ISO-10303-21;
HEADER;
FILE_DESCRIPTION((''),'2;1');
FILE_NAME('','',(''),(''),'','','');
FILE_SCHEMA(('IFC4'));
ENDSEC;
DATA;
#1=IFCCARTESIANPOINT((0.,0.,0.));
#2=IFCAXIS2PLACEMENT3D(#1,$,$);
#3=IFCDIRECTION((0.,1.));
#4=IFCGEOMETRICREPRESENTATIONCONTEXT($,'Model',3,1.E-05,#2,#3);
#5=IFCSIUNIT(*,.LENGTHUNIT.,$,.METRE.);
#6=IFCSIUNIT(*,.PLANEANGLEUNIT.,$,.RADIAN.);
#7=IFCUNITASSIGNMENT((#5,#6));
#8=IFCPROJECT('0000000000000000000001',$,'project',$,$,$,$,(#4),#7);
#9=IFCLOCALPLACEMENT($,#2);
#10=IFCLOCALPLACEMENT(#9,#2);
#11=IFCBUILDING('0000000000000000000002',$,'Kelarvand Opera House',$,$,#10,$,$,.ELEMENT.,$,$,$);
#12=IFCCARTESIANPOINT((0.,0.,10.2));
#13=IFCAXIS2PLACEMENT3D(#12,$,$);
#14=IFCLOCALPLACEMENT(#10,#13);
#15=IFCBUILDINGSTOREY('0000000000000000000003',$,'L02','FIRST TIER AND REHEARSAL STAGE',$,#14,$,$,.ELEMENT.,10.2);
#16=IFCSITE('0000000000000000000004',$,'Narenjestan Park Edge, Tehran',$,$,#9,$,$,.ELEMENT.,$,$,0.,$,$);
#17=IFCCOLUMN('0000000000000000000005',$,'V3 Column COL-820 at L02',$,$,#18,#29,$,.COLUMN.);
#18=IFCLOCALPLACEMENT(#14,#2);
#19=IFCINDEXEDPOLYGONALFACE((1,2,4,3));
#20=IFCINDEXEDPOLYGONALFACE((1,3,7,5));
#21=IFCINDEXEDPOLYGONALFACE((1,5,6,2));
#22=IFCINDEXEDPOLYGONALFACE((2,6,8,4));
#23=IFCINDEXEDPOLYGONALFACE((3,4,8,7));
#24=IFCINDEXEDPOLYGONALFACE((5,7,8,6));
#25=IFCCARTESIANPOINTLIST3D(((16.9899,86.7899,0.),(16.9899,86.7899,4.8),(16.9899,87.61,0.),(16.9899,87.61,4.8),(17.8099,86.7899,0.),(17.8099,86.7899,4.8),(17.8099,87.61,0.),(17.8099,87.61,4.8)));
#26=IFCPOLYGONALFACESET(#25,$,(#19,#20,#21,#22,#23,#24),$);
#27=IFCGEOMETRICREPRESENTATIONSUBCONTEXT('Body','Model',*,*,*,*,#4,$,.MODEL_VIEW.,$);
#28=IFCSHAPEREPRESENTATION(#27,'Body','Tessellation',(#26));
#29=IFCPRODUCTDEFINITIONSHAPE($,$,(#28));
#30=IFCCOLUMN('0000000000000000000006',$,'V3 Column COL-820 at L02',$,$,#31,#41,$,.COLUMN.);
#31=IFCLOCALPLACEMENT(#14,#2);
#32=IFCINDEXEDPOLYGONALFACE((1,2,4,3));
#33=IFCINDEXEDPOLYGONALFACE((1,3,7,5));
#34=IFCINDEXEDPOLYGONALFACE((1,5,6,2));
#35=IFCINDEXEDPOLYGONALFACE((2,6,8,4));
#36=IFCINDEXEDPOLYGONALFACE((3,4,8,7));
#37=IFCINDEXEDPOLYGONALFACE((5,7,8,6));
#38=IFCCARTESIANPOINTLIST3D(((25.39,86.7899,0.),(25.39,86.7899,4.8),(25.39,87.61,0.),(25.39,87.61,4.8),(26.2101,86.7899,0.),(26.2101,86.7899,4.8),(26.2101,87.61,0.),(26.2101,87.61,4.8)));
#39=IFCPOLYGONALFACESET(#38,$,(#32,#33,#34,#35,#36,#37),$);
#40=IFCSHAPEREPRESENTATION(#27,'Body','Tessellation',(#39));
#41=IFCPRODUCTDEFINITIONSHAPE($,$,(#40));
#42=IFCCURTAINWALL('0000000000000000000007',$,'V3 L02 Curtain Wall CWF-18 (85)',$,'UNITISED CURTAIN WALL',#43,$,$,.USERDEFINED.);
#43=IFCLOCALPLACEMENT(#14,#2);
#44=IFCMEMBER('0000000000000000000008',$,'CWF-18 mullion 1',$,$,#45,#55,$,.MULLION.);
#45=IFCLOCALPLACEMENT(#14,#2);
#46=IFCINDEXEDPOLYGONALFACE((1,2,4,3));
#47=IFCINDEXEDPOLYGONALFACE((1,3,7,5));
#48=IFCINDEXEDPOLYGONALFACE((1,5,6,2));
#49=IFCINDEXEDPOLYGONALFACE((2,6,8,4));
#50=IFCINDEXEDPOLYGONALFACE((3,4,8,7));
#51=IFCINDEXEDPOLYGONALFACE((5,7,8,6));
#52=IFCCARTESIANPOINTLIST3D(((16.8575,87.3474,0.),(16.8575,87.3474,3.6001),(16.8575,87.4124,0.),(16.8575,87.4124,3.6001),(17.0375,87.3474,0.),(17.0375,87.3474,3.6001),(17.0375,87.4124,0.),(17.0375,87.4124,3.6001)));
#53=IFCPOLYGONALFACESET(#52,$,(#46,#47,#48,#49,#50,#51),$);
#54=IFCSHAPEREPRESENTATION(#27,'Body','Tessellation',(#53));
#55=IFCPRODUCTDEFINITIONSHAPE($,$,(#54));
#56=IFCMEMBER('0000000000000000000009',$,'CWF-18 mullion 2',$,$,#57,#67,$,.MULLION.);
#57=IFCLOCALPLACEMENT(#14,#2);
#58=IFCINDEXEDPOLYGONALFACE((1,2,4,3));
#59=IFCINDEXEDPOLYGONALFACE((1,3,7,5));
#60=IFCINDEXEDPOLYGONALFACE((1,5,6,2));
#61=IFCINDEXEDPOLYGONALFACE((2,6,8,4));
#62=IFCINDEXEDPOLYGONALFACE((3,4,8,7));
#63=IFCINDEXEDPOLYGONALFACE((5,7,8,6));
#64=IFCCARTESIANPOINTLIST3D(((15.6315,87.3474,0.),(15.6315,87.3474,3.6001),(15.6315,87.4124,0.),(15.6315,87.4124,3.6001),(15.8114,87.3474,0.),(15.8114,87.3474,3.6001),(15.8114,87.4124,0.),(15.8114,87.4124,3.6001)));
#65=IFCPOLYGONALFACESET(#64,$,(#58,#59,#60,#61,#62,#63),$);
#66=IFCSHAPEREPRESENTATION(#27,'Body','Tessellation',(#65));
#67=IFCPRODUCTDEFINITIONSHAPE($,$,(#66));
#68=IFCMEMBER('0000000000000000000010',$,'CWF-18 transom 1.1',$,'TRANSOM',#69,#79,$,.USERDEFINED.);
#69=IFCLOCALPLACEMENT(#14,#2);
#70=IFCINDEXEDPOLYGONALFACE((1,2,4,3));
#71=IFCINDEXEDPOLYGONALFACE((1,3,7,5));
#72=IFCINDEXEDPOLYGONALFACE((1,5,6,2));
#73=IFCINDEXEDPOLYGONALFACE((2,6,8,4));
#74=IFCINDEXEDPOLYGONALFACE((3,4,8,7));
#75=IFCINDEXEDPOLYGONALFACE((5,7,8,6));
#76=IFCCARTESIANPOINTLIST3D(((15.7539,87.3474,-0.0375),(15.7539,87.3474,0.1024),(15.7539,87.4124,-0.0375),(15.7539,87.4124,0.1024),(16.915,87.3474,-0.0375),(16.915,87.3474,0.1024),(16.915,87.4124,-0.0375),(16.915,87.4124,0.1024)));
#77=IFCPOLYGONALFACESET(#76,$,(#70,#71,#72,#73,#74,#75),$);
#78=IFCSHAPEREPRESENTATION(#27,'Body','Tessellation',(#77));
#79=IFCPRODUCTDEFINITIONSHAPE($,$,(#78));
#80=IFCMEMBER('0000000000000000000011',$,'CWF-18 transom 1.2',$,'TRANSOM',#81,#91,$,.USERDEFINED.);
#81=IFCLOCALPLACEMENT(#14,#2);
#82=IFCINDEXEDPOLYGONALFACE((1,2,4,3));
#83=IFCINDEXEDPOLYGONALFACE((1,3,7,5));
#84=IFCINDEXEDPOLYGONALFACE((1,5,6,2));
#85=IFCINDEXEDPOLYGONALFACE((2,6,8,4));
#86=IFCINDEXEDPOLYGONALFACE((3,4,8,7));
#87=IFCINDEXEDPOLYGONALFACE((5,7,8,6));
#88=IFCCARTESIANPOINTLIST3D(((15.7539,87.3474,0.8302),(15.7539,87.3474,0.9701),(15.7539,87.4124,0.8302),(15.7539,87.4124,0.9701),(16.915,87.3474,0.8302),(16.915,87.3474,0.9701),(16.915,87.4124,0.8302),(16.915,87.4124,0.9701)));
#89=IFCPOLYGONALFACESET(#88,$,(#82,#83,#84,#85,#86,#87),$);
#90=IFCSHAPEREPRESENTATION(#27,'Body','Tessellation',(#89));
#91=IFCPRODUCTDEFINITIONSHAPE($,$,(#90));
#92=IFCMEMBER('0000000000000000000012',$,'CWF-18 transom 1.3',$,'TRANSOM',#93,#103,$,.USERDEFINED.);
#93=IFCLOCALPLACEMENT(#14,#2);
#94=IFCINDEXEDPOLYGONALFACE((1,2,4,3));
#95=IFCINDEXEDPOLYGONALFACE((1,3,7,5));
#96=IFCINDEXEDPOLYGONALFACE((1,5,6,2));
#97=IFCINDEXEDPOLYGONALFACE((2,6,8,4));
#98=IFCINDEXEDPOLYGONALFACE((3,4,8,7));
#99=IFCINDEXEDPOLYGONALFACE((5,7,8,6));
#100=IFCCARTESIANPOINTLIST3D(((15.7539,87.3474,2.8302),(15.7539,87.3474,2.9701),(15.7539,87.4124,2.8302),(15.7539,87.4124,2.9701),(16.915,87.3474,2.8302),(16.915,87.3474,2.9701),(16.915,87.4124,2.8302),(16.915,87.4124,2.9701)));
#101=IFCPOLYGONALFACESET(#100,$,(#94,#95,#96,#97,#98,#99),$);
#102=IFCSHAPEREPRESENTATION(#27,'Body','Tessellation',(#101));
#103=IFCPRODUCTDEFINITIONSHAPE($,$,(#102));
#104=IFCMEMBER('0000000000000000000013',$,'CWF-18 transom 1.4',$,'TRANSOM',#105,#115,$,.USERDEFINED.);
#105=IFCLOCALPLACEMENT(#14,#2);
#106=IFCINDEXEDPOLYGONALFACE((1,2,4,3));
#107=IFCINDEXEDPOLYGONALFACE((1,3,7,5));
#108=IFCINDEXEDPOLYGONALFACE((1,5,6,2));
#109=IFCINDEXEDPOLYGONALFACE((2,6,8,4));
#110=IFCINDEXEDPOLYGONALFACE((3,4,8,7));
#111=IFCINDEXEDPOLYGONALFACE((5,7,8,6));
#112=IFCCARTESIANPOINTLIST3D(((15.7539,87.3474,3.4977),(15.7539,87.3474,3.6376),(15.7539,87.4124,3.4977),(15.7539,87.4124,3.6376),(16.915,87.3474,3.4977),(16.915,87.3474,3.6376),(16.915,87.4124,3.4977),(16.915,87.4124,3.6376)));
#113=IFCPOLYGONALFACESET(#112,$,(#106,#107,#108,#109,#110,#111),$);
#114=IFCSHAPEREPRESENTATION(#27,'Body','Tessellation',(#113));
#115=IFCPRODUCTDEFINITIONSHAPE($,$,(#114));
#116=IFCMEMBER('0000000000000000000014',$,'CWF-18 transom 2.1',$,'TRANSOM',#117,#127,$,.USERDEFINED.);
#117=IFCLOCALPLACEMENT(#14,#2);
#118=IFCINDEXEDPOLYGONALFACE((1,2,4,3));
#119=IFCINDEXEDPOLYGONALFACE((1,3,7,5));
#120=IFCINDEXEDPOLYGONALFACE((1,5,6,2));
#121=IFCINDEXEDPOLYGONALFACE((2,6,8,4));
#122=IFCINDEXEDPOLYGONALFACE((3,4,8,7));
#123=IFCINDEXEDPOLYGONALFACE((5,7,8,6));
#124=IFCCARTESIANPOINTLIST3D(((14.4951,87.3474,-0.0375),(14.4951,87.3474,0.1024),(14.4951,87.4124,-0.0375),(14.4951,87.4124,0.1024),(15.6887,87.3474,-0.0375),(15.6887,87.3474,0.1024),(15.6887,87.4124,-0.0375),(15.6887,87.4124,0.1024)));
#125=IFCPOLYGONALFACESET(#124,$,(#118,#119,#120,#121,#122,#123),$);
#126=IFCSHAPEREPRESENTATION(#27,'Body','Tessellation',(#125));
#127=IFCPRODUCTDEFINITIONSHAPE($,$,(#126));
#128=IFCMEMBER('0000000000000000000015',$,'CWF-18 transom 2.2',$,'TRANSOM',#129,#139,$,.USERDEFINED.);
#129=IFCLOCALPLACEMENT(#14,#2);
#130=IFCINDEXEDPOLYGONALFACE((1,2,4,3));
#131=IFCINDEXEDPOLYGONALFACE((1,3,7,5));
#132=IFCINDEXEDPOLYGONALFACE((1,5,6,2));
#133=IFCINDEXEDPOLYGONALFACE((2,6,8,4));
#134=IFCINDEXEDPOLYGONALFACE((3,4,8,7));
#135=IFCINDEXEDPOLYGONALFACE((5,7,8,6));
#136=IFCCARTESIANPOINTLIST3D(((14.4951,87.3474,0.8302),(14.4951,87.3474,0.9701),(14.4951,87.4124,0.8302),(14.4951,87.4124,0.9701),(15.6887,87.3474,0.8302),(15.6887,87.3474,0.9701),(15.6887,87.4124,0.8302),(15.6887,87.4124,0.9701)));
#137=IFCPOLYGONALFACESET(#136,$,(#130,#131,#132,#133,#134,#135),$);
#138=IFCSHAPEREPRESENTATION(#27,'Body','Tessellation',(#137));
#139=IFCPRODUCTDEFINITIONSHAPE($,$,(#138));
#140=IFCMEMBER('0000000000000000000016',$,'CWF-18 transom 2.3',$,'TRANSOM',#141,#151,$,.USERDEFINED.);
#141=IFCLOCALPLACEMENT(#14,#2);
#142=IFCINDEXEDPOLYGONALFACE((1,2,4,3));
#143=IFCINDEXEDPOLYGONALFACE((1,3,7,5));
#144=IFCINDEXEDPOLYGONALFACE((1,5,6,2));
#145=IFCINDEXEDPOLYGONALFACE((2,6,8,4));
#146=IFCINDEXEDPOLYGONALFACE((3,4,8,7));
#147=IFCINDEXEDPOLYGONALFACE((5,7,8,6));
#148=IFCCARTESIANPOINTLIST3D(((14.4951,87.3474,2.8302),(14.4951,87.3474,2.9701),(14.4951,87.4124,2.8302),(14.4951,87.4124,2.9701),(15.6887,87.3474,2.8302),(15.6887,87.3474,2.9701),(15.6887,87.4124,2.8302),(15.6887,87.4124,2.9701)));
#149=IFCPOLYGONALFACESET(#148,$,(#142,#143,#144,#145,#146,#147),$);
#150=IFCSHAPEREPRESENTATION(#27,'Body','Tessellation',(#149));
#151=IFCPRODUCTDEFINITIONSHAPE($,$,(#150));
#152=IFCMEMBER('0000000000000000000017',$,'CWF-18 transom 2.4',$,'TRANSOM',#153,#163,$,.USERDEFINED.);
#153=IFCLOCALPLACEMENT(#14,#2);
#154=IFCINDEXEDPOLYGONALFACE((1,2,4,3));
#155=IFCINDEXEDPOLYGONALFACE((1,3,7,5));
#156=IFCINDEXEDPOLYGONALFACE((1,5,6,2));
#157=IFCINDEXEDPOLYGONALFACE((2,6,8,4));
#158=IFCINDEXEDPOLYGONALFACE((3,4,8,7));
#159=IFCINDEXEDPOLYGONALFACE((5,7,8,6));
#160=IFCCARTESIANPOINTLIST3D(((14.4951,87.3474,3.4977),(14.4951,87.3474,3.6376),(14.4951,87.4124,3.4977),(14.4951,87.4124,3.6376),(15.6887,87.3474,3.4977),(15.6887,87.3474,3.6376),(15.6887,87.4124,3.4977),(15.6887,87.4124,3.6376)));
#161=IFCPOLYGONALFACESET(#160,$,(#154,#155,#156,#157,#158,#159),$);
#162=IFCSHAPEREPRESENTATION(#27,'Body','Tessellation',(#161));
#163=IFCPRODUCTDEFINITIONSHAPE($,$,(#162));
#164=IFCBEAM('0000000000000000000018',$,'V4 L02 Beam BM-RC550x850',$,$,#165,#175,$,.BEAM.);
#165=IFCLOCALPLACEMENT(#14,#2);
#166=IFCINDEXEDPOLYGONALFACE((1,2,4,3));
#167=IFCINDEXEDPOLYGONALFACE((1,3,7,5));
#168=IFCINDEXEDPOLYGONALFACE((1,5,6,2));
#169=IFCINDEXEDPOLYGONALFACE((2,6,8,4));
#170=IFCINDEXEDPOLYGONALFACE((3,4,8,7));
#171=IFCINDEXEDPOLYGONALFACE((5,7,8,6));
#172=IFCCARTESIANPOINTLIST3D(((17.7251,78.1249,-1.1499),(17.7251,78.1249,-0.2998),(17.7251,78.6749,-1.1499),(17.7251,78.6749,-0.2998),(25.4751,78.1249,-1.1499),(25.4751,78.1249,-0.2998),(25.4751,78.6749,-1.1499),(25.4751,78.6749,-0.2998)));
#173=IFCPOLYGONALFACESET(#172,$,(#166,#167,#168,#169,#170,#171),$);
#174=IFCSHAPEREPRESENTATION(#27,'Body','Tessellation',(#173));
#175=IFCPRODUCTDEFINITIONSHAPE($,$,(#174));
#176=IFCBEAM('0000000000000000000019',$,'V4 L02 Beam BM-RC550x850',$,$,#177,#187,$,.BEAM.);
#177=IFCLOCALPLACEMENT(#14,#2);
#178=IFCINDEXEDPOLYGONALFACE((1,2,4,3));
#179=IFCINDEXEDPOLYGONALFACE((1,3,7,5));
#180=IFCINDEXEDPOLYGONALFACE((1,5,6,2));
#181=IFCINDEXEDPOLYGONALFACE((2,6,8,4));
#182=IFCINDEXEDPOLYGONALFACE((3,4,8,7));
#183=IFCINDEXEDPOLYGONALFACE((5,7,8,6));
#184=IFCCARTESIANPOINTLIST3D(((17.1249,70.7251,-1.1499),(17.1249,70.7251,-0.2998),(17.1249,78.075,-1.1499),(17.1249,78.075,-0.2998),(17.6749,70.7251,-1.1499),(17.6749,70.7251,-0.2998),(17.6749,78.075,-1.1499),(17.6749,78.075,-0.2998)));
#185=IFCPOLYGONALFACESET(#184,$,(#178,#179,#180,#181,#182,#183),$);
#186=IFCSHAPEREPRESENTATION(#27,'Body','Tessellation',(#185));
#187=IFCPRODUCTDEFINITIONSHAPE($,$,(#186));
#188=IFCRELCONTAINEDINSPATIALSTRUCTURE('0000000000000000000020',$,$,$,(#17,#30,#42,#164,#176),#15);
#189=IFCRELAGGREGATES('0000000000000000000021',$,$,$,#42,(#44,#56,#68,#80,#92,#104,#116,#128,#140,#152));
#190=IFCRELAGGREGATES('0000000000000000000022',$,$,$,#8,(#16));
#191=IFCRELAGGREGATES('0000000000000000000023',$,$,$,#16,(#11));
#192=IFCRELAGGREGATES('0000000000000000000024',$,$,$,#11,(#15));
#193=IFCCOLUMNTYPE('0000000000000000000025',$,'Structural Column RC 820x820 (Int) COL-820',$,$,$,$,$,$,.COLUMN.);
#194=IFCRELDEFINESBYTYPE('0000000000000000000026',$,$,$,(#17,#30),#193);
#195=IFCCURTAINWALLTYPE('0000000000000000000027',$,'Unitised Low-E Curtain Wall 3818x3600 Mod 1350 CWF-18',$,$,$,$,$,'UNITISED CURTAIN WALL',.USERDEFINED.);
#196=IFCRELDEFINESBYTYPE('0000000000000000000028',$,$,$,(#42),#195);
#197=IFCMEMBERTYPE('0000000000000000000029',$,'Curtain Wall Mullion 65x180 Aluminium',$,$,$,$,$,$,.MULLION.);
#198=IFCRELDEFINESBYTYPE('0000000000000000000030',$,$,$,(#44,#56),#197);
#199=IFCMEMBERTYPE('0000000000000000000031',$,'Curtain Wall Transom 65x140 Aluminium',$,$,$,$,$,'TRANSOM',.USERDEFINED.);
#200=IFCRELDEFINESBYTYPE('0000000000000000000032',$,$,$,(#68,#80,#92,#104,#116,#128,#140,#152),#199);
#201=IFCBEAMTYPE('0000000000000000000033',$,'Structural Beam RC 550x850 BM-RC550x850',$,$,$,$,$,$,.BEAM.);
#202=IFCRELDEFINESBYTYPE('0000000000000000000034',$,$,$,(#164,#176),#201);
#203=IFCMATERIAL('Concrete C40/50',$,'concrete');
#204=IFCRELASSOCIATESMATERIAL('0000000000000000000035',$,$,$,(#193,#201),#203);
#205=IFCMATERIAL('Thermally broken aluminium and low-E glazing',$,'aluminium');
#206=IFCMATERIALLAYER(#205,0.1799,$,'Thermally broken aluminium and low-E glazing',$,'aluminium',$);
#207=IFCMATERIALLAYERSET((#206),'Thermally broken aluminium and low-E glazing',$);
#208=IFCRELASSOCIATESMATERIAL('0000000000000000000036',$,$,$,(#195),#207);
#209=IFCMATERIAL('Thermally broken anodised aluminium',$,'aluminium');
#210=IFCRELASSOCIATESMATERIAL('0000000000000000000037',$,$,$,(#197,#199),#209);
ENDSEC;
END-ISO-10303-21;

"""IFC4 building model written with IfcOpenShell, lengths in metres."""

from ifc_helpers import new_model, si_unit, direction, frame, origin, origin_2d, place, context, subcontext, project, spatial, rectangle, extrude, material, layer, layer_set, material_profile, profile_set, type_object, element, aggregate, save


model = new_model("IFC4")

# Units and contexts
model_context = context("Model", 3, precision=1e-05, world=origin(), true_north=direction((0.0, 1.0)))
body_context = subcontext(model_context, "Body", "Model", "MODEL_VIEW")
ifc_project = project(units=[si_unit("LENGTHUNIT", "METRE"), si_unit("PLANEANGLEUNIT", "RADIAN")], contexts=[model_context])

# Site, building, storey
site_placement = place(None, origin())
site = spatial("IfcSite", under=ifc_project, at=site_placement, Name="Narenjestan Park Edge, Tehran", CompositionType="ELEMENT", RefElevation=0.0)
building_placement = place(site_placement, origin())
building = spatial("IfcBuilding", under=site, at=building_placement, Name="Kelarvand Opera House", CompositionType="ELEMENT")
storey_placement = place(building_placement, frame((0.0, 0.0, 10.2)))
storey = spatial("IfcBuildingStorey", under=building, at=storey_placement, Name="L02", Description="FIRST TIER AND REHEARSAL STAGE", CompositionType="ELEMENT", Elevation=10.2)

# Columns
ifc_material_1 = material(Name="Concrete C40/50", Category="concrete")
ifc_material_profile_1 = material_profile(ifc_material_1, rectangle(XDim=0.8201, YDim=0.8201, at=origin_2d()), Name="RC 820x820", Category="concrete")
ifc_profile_set_1 = profile_set([ifc_material_profile_1], Name="Concrete C40/50")
column_type = type_object("IfcColumnType", Name="Structural Column RC 820x820 (Int) COL-820", PredefinedType="COLUMN", material=ifc_profile_set_1)
for number, where, z_axis, x_axis, name in (
    (1, (17.3999, 87.2, 0.0), (0.0, 0.0, 1.0), (1.0, 0.0, 0.0), "V3 Column COL-820 at L02"),
    (2, (25.8, 87.2, 0.0), (0.0, 0.0, 1.0), (1.0, 0.0, 0.0), "V3 Column COL-820 at L02"),
):
    element("IfcColumn", number, at=place(storey_placement, frame(where, z_axis=z_axis, x_axis=x_axis)), inside=storey, type_object=column_type, Name=name, PredefinedType="COLUMN", context=body_context, shape_type="SweptSolid", body=[
        extrude(rectangle(XDim=0.8201, YDim=0.8201, at=origin_2d()), origin(), (0.0, 0.0, 1.0), 4.8),
    ])

# Curtain wall, members
ifc_material_2 = material(Name="Thermally broken aluminium and low-E glazing", Category="aluminium")
ifc_layer_1 = layer(ifc_material_2, 0.1799, Name="Thermally broken aluminium and low-E glazing", Category="aluminium")
ifc_layer_set_1 = layer_set([ifc_layer_1], Name="Thermally broken aluminium and low-E glazing")
curtain_wall_type = type_object("IfcCurtainWallType", Name="Unitised Low-E Curtain Wall 3818x3600 Mod 1350 CWF-18", ElementType="UNITISED CURTAIN WALL", PredefinedType="USERDEFINED", material=ifc_layer_set_1)
curtain_wall_placement = place(storey_placement, origin())
curtain_wall = element("IfcCurtainWall", 3, at=curtain_wall_placement, inside=storey, type_object=curtain_wall_type, Name="V3 L02 Curtain Wall CWF-18 (85)", ObjectType="UNITISED CURTAIN WALL", PredefinedType="USERDEFINED")
ifc_material_3 = material(Name="Thermally broken anodised aluminium", Category="aluminium")
ifc_material_profile_2 = material_profile(ifc_material_3, rectangle(XDim=0.0649, YDim=0.1799, at=origin_2d()), Name="ALU MULLION 65x180", Category="aluminium")
ifc_profile_set_2 = profile_set([ifc_material_profile_2], Name="Thermally broken anodised aluminium")
member_type_1 = type_object("IfcMemberType", Name="Curtain Wall Mullion 65x180 Aluminium", PredefinedType="MULLION", material=ifc_profile_set_2)
member_1_placement = place(storey_placement, frame((16.9475, 87.3799, 0.0), z_axis=(0.0, 0.0, 1.0), x_axis=(0.0, -1.0, 0.0)))
member_1 = element("IfcMember", 4, at=member_1_placement, type_object=member_type_1, Name="CWF-18 mullion 1", PredefinedType="MULLION", context=body_context, shape_type="SweptSolid", body=[
    extrude(rectangle(XDim=0.0649, YDim=0.1799, at=origin_2d()), origin(), (0.0, 0.0, 1.0), 3.6001),
])
member_2_placement = place(storey_placement, frame((15.7214, 87.3799, 0.0), z_axis=(0.0, 0.0, 1.0), x_axis=(0.0, -1.0, 0.0)))
member_2 = element("IfcMember", 5, at=member_2_placement, type_object=member_type_1, Name="CWF-18 mullion 2", PredefinedType="MULLION", context=body_context, shape_type="SweptSolid", body=[
    extrude(rectangle(XDim=0.0649, YDim=0.1799, at=origin_2d()), origin(), (0.0, 0.0, 1.0), 3.6001),
])
ifc_material_profile_3 = material_profile(ifc_material_3, rectangle(XDim=0.0649, YDim=0.1399, at=origin_2d()), Name="ALU TRANSOM 65x140", Category="aluminium")
ifc_profile_set_3 = profile_set([ifc_material_profile_3], Name="Thermally broken anodised aluminium")
member_type_2 = type_object("IfcMemberType", Name="Curtain Wall Transom 65x140 Aluminium", ElementType="TRANSOM", PredefinedType="USERDEFINED", material=ifc_profile_set_3)
member_3_placement = place(storey_placement, frame((16.915, 87.3799, 0.0325), z_axis=(-1.0, 0.0, 0.0), x_axis=(0.0, -1.0, 0.0)))
member_3 = element("IfcMember", 6, at=member_3_placement, type_object=member_type_2, Name="CWF-18 transom 1.1", ObjectType="TRANSOM", PredefinedType="USERDEFINED", context=body_context, shape_type="SweptSolid", body=[
    extrude(rectangle(XDim=0.0649, YDim=0.1399, at=origin_2d()), origin(), (0.0, 0.0, 1.0), 1.1611),
])
member_4_placement = place(storey_placement, frame((16.915, 87.3799, 0.9001), z_axis=(-1.0, 0.0, 0.0), x_axis=(0.0, -1.0, 0.0)))
member_4 = element("IfcMember", 7, at=member_4_placement, type_object=member_type_2, Name="CWF-18 transom 1.2", ObjectType="TRANSOM", PredefinedType="USERDEFINED", context=body_context, shape_type="SweptSolid", body=[
    extrude(rectangle(XDim=0.0649, YDim=0.1399, at=origin_2d()), origin(), (0.0, 0.0, 1.0), 1.1611),
])
member_5_placement = place(storey_placement, frame((16.915, 87.3799, 2.9001), z_axis=(-1.0, 0.0, 0.0), x_axis=(0.0, -1.0, 0.0)))
member_5 = element("IfcMember", 8, at=member_5_placement, type_object=member_type_2, Name="CWF-18 transom 1.3", ObjectType="TRANSOM", PredefinedType="USERDEFINED", context=body_context, shape_type="SweptSolid", body=[
    extrude(rectangle(XDim=0.0649, YDim=0.1399, at=origin_2d()), origin(), (0.0, 0.0, 1.0), 1.1611),
])
member_6_placement = place(storey_placement, frame((16.915, 87.3799, 3.5676), z_axis=(-1.0, 0.0, 0.0), x_axis=(0.0, -1.0, 0.0)))
member_6 = element("IfcMember", 9, at=member_6_placement, type_object=member_type_2, Name="CWF-18 transom 1.4", ObjectType="TRANSOM", PredefinedType="USERDEFINED", context=body_context, shape_type="SweptSolid", body=[
    extrude(rectangle(XDim=0.0649, YDim=0.1399, at=origin_2d()), origin(), (0.0, 0.0, 1.0), 1.1611),
])
member_7_placement = place(storey_placement, frame((15.6887, 87.3799, 0.0325), z_axis=(-1.0, 0.0, 0.0), x_axis=(0.0, -1.0, 0.0)))
member_7 = element("IfcMember", 10, at=member_7_placement, type_object=member_type_2, Name="CWF-18 transom 2.1", ObjectType="TRANSOM", PredefinedType="USERDEFINED", context=body_context, shape_type="SweptSolid", body=[
    extrude(rectangle(XDim=0.0649, YDim=0.1399, at=origin_2d()), origin(), (0.0, 0.0, 1.0), 1.1936),
])
member_8_placement = place(storey_placement, frame((15.6887, 87.3799, 0.9001), z_axis=(-1.0, 0.0, 0.0), x_axis=(0.0, -1.0, 0.0)))
member_8 = element("IfcMember", 11, at=member_8_placement, type_object=member_type_2, Name="CWF-18 transom 2.2", ObjectType="TRANSOM", PredefinedType="USERDEFINED", context=body_context, shape_type="SweptSolid", body=[
    extrude(rectangle(XDim=0.0649, YDim=0.1399, at=origin_2d()), origin(), (0.0, 0.0, 1.0), 1.1936),
])
member_9_placement = place(storey_placement, frame((15.6887, 87.3799, 2.9001), z_axis=(-1.0, 0.0, 0.0), x_axis=(0.0, -1.0, 0.0)))
member_9 = element("IfcMember", 12, at=member_9_placement, type_object=member_type_2, Name="CWF-18 transom 2.3", ObjectType="TRANSOM", PredefinedType="USERDEFINED", context=body_context, shape_type="SweptSolid", body=[
    extrude(rectangle(XDim=0.0649, YDim=0.1399, at=origin_2d()), origin(), (0.0, 0.0, 1.0), 1.1936),
])
member_10_placement = place(storey_placement, frame((15.6887, 87.3799, 3.5676), z_axis=(-1.0, 0.0, 0.0), x_axis=(0.0, -1.0, 0.0)))
member_10 = element("IfcMember", 13, at=member_10_placement, type_object=member_type_2, Name="CWF-18 transom 2.4", ObjectType="TRANSOM", PredefinedType="USERDEFINED", context=body_context, shape_type="SweptSolid", body=[
    extrude(rectangle(XDim=0.0649, YDim=0.1399, at=origin_2d()), origin(), (0.0, 0.0, 1.0), 1.1936),
])

# Beams
ifc_material_profile_4 = material_profile(ifc_material_1, rectangle(XDim=0.55, YDim=0.8501, at=origin_2d()), Name="RC 550x850", Category="concrete")
ifc_profile_set_4 = profile_set([ifc_material_profile_4], Name="Concrete C40/50")
beam_type_1 = type_object("IfcBeamType", Name="Structural Beam RC 550x850 BM-RC550x850", PredefinedType="BEAM", material=ifc_profile_set_4)
beam_1_placement = place(storey_placement, frame((17.7251, 78.3999, -0.7249), z_axis=(1.0, 0.0, 0.0), x_axis=(0.0, 1.0, 0.0)))
element("IfcBeam", 14, at=beam_1_placement, inside=storey, type_object=beam_type_1, Name="V4 L02 Beam BM-RC550x850", PredefinedType="BEAM", context=body_context, shape_type="SweptSolid", body=[
    extrude(rectangle(XDim=0.55, YDim=0.8501, at=origin_2d()), origin(), (0.0, 0.0, 1.0), 7.75),
])
for number, where, z_axis, x_axis, name in (
    (15, (17.3999, 70.7251, -0.7249), (0.0, 1.0, 0.0), (-1.0, 0.0, 0.0), "V4 L02 Beam BM-RC550x850"),
):
    element("IfcBeam", number, at=place(storey_placement, frame(where, z_axis=z_axis, x_axis=x_axis)), inside=storey, type_object=beam_type_1, Name=name, PredefinedType="BEAM", context=body_context, shape_type="SweptSolid", body=[
        extrude(rectangle(XDim=0.55, YDim=0.8501, at=origin_2d()), origin(), (0.0, 0.0, 1.0), 7.3499),
    ])

aggregate(curtain_wall, [member_1, member_2, member_3, member_4, member_5, member_6, member_7, member_8, member_9, member_10])

save(model, "model.ifc")
